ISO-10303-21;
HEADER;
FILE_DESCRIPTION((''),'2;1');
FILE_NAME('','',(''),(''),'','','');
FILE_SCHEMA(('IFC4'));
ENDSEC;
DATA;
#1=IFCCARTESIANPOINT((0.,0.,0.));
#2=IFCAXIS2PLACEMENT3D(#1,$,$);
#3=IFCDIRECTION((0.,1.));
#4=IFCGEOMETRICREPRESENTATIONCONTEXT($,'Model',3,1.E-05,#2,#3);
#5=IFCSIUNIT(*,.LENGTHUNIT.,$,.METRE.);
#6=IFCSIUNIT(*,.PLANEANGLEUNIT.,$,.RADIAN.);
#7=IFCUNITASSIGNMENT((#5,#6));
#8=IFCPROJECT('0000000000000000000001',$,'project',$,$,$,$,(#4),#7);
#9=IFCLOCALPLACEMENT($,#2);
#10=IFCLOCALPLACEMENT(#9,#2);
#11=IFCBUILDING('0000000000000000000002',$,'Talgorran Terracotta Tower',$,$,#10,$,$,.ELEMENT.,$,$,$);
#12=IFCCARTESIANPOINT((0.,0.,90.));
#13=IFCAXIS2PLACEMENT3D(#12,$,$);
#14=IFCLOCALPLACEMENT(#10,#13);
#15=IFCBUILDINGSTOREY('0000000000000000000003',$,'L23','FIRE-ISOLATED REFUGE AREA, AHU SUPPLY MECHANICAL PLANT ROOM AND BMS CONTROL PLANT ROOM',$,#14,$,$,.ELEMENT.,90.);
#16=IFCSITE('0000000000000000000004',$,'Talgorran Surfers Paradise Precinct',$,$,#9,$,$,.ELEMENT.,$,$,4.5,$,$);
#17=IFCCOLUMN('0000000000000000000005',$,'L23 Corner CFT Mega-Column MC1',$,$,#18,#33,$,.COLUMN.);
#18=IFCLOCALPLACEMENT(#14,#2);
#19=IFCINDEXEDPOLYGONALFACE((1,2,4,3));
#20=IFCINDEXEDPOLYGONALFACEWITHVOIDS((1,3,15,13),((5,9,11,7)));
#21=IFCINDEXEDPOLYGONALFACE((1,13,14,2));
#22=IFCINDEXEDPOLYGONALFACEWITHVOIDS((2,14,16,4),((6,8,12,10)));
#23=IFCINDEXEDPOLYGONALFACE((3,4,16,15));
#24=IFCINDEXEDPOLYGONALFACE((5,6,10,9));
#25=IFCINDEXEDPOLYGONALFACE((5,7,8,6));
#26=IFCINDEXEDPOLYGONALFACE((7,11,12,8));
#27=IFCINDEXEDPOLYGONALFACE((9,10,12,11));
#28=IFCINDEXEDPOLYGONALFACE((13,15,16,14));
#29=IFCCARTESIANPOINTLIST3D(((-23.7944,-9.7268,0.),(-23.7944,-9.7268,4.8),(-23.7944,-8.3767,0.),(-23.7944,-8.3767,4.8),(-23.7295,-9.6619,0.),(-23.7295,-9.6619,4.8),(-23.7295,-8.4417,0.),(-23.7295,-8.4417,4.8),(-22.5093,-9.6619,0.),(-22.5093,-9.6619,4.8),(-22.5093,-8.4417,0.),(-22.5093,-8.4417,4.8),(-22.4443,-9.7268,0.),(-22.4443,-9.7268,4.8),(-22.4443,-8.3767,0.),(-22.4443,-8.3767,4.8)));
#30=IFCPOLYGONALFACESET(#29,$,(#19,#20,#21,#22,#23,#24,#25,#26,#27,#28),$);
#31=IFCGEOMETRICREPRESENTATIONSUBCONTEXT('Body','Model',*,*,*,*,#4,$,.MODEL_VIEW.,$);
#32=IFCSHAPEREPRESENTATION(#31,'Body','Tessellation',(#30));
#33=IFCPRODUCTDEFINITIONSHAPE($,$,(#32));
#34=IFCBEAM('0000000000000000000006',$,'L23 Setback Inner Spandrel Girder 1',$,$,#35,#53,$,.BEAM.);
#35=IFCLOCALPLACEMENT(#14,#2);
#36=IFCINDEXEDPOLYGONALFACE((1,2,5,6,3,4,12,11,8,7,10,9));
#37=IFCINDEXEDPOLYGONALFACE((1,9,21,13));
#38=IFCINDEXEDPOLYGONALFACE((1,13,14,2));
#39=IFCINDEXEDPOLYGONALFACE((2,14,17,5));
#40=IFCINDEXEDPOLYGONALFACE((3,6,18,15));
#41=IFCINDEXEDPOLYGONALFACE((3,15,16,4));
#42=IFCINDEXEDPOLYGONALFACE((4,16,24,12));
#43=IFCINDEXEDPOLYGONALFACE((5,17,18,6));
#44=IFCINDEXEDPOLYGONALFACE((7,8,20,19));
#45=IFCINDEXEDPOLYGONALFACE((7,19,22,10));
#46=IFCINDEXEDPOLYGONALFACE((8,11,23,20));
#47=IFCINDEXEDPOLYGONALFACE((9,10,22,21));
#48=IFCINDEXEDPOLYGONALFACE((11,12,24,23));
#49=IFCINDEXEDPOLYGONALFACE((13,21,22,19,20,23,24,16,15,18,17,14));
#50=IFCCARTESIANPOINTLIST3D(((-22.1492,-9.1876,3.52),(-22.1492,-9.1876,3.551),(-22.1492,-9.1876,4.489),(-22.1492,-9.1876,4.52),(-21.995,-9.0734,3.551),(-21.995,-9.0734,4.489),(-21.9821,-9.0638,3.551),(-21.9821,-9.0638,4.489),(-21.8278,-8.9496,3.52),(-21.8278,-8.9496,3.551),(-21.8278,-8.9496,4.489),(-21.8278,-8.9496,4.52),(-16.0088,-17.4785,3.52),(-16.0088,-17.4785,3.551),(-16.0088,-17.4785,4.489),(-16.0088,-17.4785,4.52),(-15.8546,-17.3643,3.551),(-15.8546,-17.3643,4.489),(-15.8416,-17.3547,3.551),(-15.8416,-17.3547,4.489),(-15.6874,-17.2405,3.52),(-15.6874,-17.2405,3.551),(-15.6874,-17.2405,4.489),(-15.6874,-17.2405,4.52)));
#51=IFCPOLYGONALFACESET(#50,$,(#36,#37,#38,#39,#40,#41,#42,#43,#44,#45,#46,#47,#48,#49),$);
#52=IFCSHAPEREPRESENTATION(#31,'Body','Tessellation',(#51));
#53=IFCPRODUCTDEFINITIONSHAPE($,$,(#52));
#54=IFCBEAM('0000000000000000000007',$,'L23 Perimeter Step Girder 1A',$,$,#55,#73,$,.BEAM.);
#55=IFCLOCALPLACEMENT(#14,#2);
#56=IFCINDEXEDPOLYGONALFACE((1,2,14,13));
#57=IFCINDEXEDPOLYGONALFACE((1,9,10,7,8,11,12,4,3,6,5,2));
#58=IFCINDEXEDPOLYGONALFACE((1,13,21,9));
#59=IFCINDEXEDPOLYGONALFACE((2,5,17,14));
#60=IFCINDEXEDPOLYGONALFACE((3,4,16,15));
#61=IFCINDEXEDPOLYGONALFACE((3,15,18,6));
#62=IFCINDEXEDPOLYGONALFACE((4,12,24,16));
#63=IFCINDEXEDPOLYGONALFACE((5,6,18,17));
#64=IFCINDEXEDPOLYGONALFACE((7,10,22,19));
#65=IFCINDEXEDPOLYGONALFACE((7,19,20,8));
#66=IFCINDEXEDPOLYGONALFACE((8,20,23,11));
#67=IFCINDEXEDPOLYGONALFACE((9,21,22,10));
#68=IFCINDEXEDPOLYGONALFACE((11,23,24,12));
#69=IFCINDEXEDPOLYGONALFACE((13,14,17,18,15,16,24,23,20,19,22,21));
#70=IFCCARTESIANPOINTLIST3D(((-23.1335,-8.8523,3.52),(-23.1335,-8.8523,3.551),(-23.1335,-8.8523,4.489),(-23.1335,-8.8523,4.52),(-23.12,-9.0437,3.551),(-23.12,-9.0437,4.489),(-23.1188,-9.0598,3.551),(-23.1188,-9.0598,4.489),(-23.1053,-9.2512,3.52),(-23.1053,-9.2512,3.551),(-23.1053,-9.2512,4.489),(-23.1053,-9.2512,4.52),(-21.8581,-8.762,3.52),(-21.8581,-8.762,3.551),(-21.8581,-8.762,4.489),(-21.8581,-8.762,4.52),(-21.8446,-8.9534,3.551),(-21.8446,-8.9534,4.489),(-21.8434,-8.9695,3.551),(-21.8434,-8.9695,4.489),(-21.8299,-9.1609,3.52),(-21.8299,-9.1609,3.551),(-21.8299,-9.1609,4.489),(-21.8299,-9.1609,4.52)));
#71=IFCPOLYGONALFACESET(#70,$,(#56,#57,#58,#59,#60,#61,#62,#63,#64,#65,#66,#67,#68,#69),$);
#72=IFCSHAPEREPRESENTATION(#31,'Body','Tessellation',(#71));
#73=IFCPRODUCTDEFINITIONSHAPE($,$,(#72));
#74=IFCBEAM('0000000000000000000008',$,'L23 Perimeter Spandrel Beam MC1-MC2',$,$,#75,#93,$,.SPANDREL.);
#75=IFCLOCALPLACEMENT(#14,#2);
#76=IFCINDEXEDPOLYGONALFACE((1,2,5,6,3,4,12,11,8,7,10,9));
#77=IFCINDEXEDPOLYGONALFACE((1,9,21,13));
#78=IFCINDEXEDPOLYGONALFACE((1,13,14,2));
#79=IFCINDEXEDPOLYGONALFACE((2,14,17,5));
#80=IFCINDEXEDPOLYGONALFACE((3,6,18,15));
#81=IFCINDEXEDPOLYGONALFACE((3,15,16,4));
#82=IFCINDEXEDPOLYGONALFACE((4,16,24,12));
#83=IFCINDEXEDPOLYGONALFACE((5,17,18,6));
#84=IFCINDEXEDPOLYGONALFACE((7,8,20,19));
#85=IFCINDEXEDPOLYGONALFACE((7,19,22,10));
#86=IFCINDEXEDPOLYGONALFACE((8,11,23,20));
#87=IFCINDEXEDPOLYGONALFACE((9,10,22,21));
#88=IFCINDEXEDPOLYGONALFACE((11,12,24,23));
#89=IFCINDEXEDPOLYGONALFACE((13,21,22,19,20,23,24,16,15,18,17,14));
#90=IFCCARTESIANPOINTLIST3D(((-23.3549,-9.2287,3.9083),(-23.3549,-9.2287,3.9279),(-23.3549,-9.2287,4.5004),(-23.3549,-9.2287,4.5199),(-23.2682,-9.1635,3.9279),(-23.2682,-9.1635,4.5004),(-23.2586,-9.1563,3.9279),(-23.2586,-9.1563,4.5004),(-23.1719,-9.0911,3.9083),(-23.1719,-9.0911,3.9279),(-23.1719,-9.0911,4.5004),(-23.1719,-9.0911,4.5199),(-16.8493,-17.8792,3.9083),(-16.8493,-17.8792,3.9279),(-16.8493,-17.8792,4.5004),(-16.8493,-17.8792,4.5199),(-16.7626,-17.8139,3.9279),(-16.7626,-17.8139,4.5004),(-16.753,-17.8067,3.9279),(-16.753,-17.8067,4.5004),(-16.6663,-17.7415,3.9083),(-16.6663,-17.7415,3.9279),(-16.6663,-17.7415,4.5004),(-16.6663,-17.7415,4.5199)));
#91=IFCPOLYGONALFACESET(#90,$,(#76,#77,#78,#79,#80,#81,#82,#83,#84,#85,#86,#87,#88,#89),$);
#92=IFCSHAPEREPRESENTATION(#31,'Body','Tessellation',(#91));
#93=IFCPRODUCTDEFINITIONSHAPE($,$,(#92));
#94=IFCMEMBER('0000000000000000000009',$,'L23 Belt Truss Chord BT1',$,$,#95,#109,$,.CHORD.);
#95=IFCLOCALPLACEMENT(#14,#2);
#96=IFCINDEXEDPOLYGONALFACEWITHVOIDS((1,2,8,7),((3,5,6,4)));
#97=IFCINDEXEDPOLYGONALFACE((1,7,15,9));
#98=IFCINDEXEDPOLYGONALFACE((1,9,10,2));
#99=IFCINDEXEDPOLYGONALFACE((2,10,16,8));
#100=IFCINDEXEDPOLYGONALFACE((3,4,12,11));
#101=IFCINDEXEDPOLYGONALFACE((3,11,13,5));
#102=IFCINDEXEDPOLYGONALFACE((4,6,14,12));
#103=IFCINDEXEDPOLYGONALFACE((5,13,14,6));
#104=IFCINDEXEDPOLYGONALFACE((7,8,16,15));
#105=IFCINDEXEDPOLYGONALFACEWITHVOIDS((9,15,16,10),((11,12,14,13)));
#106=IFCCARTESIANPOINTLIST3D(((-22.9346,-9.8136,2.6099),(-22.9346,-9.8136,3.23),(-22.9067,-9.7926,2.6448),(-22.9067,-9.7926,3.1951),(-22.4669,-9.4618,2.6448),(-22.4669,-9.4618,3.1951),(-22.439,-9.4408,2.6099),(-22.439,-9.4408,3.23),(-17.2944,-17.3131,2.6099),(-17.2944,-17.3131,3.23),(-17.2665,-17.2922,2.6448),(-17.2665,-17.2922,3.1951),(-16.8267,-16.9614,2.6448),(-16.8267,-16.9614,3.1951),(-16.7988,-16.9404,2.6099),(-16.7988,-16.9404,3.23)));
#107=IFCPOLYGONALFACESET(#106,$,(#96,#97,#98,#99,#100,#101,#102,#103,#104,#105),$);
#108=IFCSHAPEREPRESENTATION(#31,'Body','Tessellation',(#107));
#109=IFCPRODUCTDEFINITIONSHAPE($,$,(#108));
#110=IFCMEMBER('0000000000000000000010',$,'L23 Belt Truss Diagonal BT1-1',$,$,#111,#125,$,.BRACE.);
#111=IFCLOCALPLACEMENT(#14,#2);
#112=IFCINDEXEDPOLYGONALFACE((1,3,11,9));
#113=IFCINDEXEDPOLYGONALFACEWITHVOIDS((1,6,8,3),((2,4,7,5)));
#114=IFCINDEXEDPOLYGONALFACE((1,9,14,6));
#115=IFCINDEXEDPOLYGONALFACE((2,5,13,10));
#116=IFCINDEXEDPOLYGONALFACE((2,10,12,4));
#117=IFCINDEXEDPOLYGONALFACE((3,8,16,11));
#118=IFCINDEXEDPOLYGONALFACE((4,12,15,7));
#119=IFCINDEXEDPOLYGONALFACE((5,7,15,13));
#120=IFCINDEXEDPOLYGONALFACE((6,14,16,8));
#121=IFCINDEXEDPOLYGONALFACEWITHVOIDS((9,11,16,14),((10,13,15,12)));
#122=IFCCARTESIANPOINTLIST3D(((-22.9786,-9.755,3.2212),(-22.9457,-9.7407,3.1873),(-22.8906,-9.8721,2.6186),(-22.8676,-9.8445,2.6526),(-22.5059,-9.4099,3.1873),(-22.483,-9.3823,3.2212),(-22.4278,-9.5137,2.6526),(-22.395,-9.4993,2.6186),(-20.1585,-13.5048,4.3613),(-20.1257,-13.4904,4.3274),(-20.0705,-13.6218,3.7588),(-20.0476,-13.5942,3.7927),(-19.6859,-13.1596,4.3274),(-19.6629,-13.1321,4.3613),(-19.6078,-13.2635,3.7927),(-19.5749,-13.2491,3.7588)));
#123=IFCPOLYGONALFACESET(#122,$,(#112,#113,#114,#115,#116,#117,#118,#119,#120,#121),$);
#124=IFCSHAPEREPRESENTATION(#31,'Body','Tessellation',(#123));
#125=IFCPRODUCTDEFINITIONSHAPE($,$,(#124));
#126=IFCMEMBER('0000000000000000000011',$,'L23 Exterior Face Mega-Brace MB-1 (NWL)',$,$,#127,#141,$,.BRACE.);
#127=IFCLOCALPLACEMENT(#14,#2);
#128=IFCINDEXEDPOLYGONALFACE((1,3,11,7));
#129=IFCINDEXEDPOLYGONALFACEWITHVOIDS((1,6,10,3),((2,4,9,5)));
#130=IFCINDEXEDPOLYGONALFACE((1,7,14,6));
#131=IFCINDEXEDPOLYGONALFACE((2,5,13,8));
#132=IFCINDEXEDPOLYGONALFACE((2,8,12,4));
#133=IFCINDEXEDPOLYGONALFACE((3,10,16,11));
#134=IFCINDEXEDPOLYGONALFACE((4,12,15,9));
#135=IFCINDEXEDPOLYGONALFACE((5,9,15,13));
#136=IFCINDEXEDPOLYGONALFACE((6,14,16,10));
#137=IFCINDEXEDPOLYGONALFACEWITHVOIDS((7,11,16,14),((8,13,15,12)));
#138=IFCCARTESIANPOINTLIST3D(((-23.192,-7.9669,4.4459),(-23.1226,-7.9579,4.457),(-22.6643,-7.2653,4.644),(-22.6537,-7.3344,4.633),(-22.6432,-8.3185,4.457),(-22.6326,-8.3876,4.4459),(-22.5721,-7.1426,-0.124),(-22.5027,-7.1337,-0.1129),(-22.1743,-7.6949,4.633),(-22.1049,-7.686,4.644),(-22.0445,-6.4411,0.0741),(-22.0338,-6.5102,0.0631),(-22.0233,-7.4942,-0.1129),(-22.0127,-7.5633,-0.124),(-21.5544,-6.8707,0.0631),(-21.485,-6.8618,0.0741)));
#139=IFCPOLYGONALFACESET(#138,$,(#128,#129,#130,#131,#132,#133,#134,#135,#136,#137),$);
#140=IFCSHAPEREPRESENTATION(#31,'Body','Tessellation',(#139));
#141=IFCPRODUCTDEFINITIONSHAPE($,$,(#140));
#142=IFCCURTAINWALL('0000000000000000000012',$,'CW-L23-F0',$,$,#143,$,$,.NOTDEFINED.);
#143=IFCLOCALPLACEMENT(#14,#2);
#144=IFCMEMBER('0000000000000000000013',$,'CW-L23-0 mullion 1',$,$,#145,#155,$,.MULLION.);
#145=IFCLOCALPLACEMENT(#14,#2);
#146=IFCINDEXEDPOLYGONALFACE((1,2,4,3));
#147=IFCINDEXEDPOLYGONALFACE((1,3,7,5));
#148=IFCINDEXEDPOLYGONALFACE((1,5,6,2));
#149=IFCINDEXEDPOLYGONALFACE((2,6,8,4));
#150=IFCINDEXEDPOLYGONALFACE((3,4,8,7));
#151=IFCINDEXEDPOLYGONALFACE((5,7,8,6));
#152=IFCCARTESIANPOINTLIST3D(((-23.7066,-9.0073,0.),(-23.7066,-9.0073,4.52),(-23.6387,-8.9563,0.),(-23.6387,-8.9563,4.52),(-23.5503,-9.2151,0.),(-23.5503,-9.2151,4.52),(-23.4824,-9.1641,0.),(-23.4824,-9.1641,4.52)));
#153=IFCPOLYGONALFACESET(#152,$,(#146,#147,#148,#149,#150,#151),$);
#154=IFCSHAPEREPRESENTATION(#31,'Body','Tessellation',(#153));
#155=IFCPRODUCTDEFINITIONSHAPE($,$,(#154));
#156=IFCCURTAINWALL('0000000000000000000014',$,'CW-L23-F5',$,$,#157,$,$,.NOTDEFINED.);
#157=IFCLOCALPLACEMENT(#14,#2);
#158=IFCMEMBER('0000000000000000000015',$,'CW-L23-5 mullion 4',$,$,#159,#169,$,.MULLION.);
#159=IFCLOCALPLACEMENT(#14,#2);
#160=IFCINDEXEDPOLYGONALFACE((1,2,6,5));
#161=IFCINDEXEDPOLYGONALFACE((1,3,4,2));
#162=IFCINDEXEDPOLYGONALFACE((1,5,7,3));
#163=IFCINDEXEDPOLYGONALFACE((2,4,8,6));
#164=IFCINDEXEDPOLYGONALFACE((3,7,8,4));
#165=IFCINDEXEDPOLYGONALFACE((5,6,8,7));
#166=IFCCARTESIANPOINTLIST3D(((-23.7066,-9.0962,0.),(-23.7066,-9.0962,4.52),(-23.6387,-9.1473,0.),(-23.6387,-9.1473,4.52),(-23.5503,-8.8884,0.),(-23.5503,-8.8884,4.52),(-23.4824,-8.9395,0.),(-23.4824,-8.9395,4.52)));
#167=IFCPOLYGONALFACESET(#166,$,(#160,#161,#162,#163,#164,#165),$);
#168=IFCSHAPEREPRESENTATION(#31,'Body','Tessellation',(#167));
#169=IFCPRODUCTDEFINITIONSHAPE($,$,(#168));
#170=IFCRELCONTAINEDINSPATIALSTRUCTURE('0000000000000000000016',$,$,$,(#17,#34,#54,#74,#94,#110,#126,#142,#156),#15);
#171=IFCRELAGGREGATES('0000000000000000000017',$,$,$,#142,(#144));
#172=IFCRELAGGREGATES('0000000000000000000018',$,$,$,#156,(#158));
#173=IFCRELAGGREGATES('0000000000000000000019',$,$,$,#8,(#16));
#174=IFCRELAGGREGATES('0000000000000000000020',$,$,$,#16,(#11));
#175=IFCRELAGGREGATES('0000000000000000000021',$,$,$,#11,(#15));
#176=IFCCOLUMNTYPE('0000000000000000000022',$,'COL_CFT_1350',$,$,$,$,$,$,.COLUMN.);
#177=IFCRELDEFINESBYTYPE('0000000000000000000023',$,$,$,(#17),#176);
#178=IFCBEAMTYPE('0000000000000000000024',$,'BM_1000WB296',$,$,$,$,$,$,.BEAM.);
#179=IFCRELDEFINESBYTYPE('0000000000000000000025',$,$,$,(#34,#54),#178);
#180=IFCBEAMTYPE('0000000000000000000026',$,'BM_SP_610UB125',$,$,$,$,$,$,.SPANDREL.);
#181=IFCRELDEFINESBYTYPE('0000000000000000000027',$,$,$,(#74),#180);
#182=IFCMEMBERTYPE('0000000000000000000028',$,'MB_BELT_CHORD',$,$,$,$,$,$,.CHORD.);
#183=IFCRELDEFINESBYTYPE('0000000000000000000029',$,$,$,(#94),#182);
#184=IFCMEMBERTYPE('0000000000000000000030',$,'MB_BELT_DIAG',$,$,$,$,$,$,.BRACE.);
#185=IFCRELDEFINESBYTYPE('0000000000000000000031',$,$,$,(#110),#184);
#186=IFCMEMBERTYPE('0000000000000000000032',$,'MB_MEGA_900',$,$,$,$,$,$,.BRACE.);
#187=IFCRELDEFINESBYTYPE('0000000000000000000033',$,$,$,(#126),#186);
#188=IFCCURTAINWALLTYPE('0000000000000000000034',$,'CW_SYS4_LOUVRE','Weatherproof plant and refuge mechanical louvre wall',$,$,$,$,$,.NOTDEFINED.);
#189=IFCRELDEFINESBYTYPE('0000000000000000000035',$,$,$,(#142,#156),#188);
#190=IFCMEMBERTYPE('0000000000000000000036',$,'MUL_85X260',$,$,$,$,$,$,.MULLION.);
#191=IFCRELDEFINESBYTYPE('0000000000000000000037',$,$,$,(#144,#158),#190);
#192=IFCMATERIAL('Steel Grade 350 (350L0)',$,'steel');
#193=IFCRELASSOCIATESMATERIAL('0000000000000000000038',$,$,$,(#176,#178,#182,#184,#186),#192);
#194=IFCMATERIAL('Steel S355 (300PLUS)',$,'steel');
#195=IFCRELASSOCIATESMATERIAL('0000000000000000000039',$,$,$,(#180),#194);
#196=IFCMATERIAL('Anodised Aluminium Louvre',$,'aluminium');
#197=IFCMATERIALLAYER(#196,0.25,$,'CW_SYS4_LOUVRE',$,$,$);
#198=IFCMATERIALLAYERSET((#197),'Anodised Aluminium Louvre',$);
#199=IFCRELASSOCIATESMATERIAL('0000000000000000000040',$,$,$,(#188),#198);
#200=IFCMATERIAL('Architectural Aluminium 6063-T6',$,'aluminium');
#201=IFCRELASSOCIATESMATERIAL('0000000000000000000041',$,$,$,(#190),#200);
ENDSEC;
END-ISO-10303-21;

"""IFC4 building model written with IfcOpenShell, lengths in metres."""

from ifc_helpers import new_model, si_unit, direction, frame, origin, origin_2d, place, context, subcontext, project, spatial, rectangle, hollow_rectangle, i_section, extrude, material, layer, layer_set, material_profile, profile_set, type_object, element, aggregate, save


model = new_model("IFC4")

# Units and contexts
model_context = context("Model", 3, precision=1e-05, world=origin(), true_north=direction((0.0, 1.0)))
body_context = subcontext(model_context, "Body", "Model", "MODEL_VIEW")
ifc_project = project(units=[si_unit("LENGTHUNIT", "METRE"), si_unit("PLANEANGLEUNIT", "RADIAN")], contexts=[model_context])

# Site, building, storey
site_placement = place(None, origin())
site = spatial("IfcSite", under=ifc_project, at=site_placement, Name="Talgorran Surfers Paradise Precinct", CompositionType="ELEMENT", RefElevation=4.5)
building_placement = place(site_placement, origin())
building = spatial("IfcBuilding", under=site, at=building_placement, Name="Talgorran Terracotta Tower", CompositionType="ELEMENT")
storey_placement = place(building_placement, frame((0.0, 0.0, 90.0)))
storey = spatial("IfcBuildingStorey", under=building, at=storey_placement, Name="L23", Description="FIRE-ISOLATED REFUGE AREA, AHU SUPPLY MECHANICAL PLANT ROOM AND BMS CONTROL PLANT ROOM", CompositionType="ELEMENT", Elevation=90.0)

# Column
ifc_material_1 = material(Name="Steel Grade 350 (350L0)", Category="steel")
ifc_material_profile_1 = material_profile(ifc_material_1, hollow_rectangle(XDim=1.3501, YDim=1.3501, WallThickness=0.0649, at=origin_2d()), Name="CFT1350X1350X65")
ifc_profile_set_1 = profile_set([ifc_material_profile_1], Name="Steel Grade 350 (350L0)")
column_type = type_object("IfcColumnType", Name="COL_CFT_1350", PredefinedType="COLUMN", material=ifc_profile_set_1)
column_placement = place(storey_placement, frame((-23.1194, -9.0518, 0.0), z_axis=(0.0, 0.0, 1.0), x_axis=(1.0, 0.0, 0.0)))
element("IfcColumn", 1, at=column_placement, inside=storey, type_object=column_type, Name="L23 Corner CFT Mega-Column MC1", PredefinedType="COLUMN", context=body_context, shape_type="SweptSolid", body=[
    extrude(hollow_rectangle(XDim=1.3501, YDim=1.3501, WallThickness=0.0649, at=origin_2d()), origin(), (0.0, 0.0, 1.0), 4.8),
])

# Beams
ifc_material_profile_2 = material_profile(ifc_material_1, i_section(OverallWidth=0.3999, OverallDepth=1.0, WebThickness=0.0161, FlangeThickness=0.031, at=origin_2d()), Name="1000WB296")
ifc_profile_set_2 = profile_set([ifc_material_profile_2], Name="Steel Grade 350 (350L0)")
beam_type_1 = type_object("IfcBeamType", Name="BM_1000WB296", PredefinedType="BEAM", material=ifc_profile_set_2)
beam_1_placement = place(storey_placement, frame((-21.9885, -9.0686, 4.02), z_axis=(0.595169, -0.8036, 0.0), x_axis=(0.8036, 0.595169, 0.0)))
element("IfcBeam", 2, at=beam_1_placement, inside=storey, type_object=beam_type_1, Name="L23 Setback Inner Spandrel Girder 1", PredefinedType="BEAM", context=body_context, shape_type="SweptSolid", body=[
    extrude(i_section(OverallWidth=0.3999, OverallDepth=1.0, WebThickness=0.0161, FlangeThickness=0.031, at=origin_2d()), origin(), (0.0, 0.0, 1.0), 10.3171),
])
beam_2_placement = place(storey_placement, frame((-23.1194, -9.0518, 4.02), z_axis=(0.997501, 0.07065, 0.0), x_axis=(-0.07065, 0.997501, 0.0)))
element("IfcBeam", 3, at=beam_2_placement, inside=storey, type_object=beam_type_1, Name="L23 Perimeter Step Girder 1A", PredefinedType="BEAM", context=body_context, shape_type="SweptSolid", body=[
    extrude(i_section(OverallWidth=0.3999, OverallDepth=1.0, WebThickness=0.0161, FlangeThickness=0.031, at=origin_2d()), origin(), (0.0, 0.0, 1.0), 1.2786),
])
ifc_material_2 = material(Name="Steel S355 (300PLUS)", Category="steel")
ifc_material_profile_3 = material_profile(ifc_material_2, i_section(OverallWidth=0.229, OverallDepth=0.6116, WebThickness=0.012, FlangeThickness=0.0195, at=origin_2d()), Name="610UB125")
ifc_profile_set_3 = profile_set([ifc_material_profile_3], Name="Steel S355 (300PLUS)")
beam_type_2 = type_object("IfcBeamType", Name="BM_SP_610UB125", PredefinedType="SPANDREL", material=ifc_profile_set_3)
beam_3_placement = place(storey_placement, frame((-23.2634, -9.1599, 4.2141), z_axis=(0.601053, -0.799209, 0.0), x_axis=(0.799209, 0.601053, 0.0)))
element("IfcBeam", 4, at=beam_3_placement, inside=storey, type_object=beam_type_2, Name="L23 Perimeter Spandrel Beam MC1-MC2", PredefinedType="SPANDREL", context=body_context, shape_type="SweptSolid", body=[
    extrude(i_section(OverallWidth=0.229, OverallDepth=0.6116, WebThickness=0.012, FlangeThickness=0.0195, at=origin_2d()), origin(), (0.0, 0.0, 1.0), 10.8237),
])

# Members
ifc_material_profile_4 = material_profile(ifc_material_1, hollow_rectangle(XDim=0.6201, YDim=0.6201, WallThickness=0.0349, at=origin_2d()), Name="WBOX620X620X35")
ifc_profile_set_4 = profile_set([ifc_material_profile_4], Name="Steel Grade 350 (350L0)")
member_type_1 = type_object("IfcMemberType", Name="MB_BELT_CHORD", PredefinedType="CHORD", material=ifc_profile_set_4)
member_1_placement = place(storey_placement, frame((-22.6868, -9.6272, 2.9199), z_axis=(0.601057, -0.799206, 0.0), x_axis=(0.799206, 0.601057, 0.0)))
element("IfcMember", 5, at=member_1_placement, inside=storey, type_object=member_type_1, Name="L23 Belt Truss Chord BT1", PredefinedType="CHORD", context=body_context, shape_type="SweptSolid", body=[
    extrude(hollow_rectangle(XDim=0.6201, YDim=0.6201, WallThickness=0.0349, at=origin_2d()), origin(), (0.0, 0.0, 1.0), 9.3838),
])
ifc_material_profile_5 = material_profile(ifc_material_1, hollow_rectangle(XDim=0.6201, YDim=0.6201, WallThickness=0.0349, at=origin_2d()), Name="WBOX620X620X35")
ifc_profile_set_5 = profile_set([ifc_material_profile_5], Name="Steel Grade 350 (350L0)")
member_type_2 = type_object("IfcMemberType", Name="MB_BELT_DIAG", PredefinedType="BRACE", material=ifc_profile_set_5)
member_2_placement = place(storey_placement, frame((-22.6868, -9.6272, 2.9199), z_axis=(0.58406, -0.776606, 0.236132), x_axis=(0.799206, 0.601057, 0.0)))
element("IfcMember", 6, at=member_2_placement, inside=storey, type_object=member_type_2, Name="L23 Belt Truss Diagonal BT1-1", PredefinedType="BRACE", context=body_context, shape_type="SweptSolid", body=[
    extrude(hollow_rectangle(XDim=0.6201, YDim=0.6201, WallThickness=0.0349, at=origin_2d()), origin(), (0.0, 0.0, 1.0), 4.8284),
])
ifc_material_profile_6 = material_profile(ifc_material_1, hollow_rectangle(XDim=0.7, YDim=0.8999, WallThickness=0.05, at=origin_2d()), Name="WBOX900X700X50")
ifc_profile_set_6 = profile_set([ifc_material_profile_6], Name="Steel Grade 350 (350L0)")
member_type_3 = type_object("IfcMemberType", Name="MB_MEGA_900", PredefinedType="BRACE", material=ifc_profile_set_6)
member_3_placement = place(storey_placement, frame((-22.0286, -7.0022, -0.0249), z_axis=(-0.132317, -0.175937, 0.975468), x_axis=(0.799204, -0.60106, 0.0)))
element("IfcMember", 7, at=member_3_placement, inside=storey, type_object=member_type_3, Name="L23 Exterior Face Mega-Brace MB-1 (NWL)", PredefinedType="BRACE", context=body_context, shape_type="SweptSolid", body=[
    extrude(hollow_rectangle(XDim=0.7, YDim=0.8999, WallThickness=0.05, at=origin_2d()), origin(), (0.0, 0.0, 1.0), 4.6848),
])

# Curtain walls, members
ifc_material_3 = material(Name="Anodised Aluminium Louvre", Category="aluminium")
ifc_layer_1 = layer(ifc_material_3, 0.25, Name="CW_SYS4_LOUVRE")
ifc_layer_set_1 = layer_set([ifc_layer_1], Name="Anodised Aluminium Louvre")
curtain_wall_type = type_object("IfcCurtainWallType", Name="CW_SYS4_LOUVRE", Description="Weatherproof plant and refuge mechanical louvre wall", PredefinedType="NOTDEFINED", material=ifc_layer_set_1)
curtain_wall_1_placement = place(storey_placement, origin())
curtain_wall_1 = element("IfcCurtainWall", 8, at=curtain_wall_1_placement, inside=storey, type_object=curtain_wall_type, Name="CW-L23-F0", PredefinedType="NOTDEFINED")
ifc_material_4 = material(Name="Architectural Aluminium 6063-T6", Category="aluminium")
ifc_material_profile_7 = material_profile(ifc_material_4, rectangle(XDim=0.085, YDim=0.26, at=origin_2d()), Name="CWM85X260")
ifc_profile_set_7 = profile_set([ifc_material_profile_7], Name="Architectural Aluminium 6063-T6")
member_type_4 = type_object("IfcMemberType", Name="MUL_85X260", PredefinedType="MULLION", material=ifc_profile_set_7)
member_4_placement = place(storey_placement, frame((-23.5945, -9.0857, 0.0), z_axis=(0.0, 0.0, 1.0), x_axis=(0.79921, 0.601052, 0.0)))
member_4 = element("IfcMember", 9, at=member_4_placement, type_object=member_type_4, Name="CW-L23-0 mullion 1", PredefinedType="MULLION", context=body_context, shape_type="SweptSolid", body=[
    extrude(rectangle(XDim=0.085, YDim=0.26, at=origin_2d()), origin(), (0.0, 0.0, 1.0), 4.52),
])
curtain_wall_2_placement = place(storey_placement, origin())
curtain_wall_2 = element("IfcCurtainWall", 10, at=curtain_wall_2_placement, inside=storey, type_object=curtain_wall_type, Name="CW-L23-F5", PredefinedType="NOTDEFINED")
member_5_placement = place(storey_placement, frame((-23.5945, -9.0178, 0.0), z_axis=(0.0, 0.0, 1.0), x_axis=(0.799214, -0.601047, 0.0)))
member_5 = element("IfcMember", 11, at=member_5_placement, type_object=member_type_4, Name="CW-L23-5 mullion 4", PredefinedType="MULLION", context=body_context, shape_type="SweptSolid", body=[
    extrude(rectangle(XDim=0.085, YDim=0.26, at=origin_2d()), origin(), (0.0, 0.0, 1.0), 4.52),
])

aggregate(curtain_wall_1, [member_4])

aggregate(curtain_wall_2, [member_5])

save(model, "model.ifc")
